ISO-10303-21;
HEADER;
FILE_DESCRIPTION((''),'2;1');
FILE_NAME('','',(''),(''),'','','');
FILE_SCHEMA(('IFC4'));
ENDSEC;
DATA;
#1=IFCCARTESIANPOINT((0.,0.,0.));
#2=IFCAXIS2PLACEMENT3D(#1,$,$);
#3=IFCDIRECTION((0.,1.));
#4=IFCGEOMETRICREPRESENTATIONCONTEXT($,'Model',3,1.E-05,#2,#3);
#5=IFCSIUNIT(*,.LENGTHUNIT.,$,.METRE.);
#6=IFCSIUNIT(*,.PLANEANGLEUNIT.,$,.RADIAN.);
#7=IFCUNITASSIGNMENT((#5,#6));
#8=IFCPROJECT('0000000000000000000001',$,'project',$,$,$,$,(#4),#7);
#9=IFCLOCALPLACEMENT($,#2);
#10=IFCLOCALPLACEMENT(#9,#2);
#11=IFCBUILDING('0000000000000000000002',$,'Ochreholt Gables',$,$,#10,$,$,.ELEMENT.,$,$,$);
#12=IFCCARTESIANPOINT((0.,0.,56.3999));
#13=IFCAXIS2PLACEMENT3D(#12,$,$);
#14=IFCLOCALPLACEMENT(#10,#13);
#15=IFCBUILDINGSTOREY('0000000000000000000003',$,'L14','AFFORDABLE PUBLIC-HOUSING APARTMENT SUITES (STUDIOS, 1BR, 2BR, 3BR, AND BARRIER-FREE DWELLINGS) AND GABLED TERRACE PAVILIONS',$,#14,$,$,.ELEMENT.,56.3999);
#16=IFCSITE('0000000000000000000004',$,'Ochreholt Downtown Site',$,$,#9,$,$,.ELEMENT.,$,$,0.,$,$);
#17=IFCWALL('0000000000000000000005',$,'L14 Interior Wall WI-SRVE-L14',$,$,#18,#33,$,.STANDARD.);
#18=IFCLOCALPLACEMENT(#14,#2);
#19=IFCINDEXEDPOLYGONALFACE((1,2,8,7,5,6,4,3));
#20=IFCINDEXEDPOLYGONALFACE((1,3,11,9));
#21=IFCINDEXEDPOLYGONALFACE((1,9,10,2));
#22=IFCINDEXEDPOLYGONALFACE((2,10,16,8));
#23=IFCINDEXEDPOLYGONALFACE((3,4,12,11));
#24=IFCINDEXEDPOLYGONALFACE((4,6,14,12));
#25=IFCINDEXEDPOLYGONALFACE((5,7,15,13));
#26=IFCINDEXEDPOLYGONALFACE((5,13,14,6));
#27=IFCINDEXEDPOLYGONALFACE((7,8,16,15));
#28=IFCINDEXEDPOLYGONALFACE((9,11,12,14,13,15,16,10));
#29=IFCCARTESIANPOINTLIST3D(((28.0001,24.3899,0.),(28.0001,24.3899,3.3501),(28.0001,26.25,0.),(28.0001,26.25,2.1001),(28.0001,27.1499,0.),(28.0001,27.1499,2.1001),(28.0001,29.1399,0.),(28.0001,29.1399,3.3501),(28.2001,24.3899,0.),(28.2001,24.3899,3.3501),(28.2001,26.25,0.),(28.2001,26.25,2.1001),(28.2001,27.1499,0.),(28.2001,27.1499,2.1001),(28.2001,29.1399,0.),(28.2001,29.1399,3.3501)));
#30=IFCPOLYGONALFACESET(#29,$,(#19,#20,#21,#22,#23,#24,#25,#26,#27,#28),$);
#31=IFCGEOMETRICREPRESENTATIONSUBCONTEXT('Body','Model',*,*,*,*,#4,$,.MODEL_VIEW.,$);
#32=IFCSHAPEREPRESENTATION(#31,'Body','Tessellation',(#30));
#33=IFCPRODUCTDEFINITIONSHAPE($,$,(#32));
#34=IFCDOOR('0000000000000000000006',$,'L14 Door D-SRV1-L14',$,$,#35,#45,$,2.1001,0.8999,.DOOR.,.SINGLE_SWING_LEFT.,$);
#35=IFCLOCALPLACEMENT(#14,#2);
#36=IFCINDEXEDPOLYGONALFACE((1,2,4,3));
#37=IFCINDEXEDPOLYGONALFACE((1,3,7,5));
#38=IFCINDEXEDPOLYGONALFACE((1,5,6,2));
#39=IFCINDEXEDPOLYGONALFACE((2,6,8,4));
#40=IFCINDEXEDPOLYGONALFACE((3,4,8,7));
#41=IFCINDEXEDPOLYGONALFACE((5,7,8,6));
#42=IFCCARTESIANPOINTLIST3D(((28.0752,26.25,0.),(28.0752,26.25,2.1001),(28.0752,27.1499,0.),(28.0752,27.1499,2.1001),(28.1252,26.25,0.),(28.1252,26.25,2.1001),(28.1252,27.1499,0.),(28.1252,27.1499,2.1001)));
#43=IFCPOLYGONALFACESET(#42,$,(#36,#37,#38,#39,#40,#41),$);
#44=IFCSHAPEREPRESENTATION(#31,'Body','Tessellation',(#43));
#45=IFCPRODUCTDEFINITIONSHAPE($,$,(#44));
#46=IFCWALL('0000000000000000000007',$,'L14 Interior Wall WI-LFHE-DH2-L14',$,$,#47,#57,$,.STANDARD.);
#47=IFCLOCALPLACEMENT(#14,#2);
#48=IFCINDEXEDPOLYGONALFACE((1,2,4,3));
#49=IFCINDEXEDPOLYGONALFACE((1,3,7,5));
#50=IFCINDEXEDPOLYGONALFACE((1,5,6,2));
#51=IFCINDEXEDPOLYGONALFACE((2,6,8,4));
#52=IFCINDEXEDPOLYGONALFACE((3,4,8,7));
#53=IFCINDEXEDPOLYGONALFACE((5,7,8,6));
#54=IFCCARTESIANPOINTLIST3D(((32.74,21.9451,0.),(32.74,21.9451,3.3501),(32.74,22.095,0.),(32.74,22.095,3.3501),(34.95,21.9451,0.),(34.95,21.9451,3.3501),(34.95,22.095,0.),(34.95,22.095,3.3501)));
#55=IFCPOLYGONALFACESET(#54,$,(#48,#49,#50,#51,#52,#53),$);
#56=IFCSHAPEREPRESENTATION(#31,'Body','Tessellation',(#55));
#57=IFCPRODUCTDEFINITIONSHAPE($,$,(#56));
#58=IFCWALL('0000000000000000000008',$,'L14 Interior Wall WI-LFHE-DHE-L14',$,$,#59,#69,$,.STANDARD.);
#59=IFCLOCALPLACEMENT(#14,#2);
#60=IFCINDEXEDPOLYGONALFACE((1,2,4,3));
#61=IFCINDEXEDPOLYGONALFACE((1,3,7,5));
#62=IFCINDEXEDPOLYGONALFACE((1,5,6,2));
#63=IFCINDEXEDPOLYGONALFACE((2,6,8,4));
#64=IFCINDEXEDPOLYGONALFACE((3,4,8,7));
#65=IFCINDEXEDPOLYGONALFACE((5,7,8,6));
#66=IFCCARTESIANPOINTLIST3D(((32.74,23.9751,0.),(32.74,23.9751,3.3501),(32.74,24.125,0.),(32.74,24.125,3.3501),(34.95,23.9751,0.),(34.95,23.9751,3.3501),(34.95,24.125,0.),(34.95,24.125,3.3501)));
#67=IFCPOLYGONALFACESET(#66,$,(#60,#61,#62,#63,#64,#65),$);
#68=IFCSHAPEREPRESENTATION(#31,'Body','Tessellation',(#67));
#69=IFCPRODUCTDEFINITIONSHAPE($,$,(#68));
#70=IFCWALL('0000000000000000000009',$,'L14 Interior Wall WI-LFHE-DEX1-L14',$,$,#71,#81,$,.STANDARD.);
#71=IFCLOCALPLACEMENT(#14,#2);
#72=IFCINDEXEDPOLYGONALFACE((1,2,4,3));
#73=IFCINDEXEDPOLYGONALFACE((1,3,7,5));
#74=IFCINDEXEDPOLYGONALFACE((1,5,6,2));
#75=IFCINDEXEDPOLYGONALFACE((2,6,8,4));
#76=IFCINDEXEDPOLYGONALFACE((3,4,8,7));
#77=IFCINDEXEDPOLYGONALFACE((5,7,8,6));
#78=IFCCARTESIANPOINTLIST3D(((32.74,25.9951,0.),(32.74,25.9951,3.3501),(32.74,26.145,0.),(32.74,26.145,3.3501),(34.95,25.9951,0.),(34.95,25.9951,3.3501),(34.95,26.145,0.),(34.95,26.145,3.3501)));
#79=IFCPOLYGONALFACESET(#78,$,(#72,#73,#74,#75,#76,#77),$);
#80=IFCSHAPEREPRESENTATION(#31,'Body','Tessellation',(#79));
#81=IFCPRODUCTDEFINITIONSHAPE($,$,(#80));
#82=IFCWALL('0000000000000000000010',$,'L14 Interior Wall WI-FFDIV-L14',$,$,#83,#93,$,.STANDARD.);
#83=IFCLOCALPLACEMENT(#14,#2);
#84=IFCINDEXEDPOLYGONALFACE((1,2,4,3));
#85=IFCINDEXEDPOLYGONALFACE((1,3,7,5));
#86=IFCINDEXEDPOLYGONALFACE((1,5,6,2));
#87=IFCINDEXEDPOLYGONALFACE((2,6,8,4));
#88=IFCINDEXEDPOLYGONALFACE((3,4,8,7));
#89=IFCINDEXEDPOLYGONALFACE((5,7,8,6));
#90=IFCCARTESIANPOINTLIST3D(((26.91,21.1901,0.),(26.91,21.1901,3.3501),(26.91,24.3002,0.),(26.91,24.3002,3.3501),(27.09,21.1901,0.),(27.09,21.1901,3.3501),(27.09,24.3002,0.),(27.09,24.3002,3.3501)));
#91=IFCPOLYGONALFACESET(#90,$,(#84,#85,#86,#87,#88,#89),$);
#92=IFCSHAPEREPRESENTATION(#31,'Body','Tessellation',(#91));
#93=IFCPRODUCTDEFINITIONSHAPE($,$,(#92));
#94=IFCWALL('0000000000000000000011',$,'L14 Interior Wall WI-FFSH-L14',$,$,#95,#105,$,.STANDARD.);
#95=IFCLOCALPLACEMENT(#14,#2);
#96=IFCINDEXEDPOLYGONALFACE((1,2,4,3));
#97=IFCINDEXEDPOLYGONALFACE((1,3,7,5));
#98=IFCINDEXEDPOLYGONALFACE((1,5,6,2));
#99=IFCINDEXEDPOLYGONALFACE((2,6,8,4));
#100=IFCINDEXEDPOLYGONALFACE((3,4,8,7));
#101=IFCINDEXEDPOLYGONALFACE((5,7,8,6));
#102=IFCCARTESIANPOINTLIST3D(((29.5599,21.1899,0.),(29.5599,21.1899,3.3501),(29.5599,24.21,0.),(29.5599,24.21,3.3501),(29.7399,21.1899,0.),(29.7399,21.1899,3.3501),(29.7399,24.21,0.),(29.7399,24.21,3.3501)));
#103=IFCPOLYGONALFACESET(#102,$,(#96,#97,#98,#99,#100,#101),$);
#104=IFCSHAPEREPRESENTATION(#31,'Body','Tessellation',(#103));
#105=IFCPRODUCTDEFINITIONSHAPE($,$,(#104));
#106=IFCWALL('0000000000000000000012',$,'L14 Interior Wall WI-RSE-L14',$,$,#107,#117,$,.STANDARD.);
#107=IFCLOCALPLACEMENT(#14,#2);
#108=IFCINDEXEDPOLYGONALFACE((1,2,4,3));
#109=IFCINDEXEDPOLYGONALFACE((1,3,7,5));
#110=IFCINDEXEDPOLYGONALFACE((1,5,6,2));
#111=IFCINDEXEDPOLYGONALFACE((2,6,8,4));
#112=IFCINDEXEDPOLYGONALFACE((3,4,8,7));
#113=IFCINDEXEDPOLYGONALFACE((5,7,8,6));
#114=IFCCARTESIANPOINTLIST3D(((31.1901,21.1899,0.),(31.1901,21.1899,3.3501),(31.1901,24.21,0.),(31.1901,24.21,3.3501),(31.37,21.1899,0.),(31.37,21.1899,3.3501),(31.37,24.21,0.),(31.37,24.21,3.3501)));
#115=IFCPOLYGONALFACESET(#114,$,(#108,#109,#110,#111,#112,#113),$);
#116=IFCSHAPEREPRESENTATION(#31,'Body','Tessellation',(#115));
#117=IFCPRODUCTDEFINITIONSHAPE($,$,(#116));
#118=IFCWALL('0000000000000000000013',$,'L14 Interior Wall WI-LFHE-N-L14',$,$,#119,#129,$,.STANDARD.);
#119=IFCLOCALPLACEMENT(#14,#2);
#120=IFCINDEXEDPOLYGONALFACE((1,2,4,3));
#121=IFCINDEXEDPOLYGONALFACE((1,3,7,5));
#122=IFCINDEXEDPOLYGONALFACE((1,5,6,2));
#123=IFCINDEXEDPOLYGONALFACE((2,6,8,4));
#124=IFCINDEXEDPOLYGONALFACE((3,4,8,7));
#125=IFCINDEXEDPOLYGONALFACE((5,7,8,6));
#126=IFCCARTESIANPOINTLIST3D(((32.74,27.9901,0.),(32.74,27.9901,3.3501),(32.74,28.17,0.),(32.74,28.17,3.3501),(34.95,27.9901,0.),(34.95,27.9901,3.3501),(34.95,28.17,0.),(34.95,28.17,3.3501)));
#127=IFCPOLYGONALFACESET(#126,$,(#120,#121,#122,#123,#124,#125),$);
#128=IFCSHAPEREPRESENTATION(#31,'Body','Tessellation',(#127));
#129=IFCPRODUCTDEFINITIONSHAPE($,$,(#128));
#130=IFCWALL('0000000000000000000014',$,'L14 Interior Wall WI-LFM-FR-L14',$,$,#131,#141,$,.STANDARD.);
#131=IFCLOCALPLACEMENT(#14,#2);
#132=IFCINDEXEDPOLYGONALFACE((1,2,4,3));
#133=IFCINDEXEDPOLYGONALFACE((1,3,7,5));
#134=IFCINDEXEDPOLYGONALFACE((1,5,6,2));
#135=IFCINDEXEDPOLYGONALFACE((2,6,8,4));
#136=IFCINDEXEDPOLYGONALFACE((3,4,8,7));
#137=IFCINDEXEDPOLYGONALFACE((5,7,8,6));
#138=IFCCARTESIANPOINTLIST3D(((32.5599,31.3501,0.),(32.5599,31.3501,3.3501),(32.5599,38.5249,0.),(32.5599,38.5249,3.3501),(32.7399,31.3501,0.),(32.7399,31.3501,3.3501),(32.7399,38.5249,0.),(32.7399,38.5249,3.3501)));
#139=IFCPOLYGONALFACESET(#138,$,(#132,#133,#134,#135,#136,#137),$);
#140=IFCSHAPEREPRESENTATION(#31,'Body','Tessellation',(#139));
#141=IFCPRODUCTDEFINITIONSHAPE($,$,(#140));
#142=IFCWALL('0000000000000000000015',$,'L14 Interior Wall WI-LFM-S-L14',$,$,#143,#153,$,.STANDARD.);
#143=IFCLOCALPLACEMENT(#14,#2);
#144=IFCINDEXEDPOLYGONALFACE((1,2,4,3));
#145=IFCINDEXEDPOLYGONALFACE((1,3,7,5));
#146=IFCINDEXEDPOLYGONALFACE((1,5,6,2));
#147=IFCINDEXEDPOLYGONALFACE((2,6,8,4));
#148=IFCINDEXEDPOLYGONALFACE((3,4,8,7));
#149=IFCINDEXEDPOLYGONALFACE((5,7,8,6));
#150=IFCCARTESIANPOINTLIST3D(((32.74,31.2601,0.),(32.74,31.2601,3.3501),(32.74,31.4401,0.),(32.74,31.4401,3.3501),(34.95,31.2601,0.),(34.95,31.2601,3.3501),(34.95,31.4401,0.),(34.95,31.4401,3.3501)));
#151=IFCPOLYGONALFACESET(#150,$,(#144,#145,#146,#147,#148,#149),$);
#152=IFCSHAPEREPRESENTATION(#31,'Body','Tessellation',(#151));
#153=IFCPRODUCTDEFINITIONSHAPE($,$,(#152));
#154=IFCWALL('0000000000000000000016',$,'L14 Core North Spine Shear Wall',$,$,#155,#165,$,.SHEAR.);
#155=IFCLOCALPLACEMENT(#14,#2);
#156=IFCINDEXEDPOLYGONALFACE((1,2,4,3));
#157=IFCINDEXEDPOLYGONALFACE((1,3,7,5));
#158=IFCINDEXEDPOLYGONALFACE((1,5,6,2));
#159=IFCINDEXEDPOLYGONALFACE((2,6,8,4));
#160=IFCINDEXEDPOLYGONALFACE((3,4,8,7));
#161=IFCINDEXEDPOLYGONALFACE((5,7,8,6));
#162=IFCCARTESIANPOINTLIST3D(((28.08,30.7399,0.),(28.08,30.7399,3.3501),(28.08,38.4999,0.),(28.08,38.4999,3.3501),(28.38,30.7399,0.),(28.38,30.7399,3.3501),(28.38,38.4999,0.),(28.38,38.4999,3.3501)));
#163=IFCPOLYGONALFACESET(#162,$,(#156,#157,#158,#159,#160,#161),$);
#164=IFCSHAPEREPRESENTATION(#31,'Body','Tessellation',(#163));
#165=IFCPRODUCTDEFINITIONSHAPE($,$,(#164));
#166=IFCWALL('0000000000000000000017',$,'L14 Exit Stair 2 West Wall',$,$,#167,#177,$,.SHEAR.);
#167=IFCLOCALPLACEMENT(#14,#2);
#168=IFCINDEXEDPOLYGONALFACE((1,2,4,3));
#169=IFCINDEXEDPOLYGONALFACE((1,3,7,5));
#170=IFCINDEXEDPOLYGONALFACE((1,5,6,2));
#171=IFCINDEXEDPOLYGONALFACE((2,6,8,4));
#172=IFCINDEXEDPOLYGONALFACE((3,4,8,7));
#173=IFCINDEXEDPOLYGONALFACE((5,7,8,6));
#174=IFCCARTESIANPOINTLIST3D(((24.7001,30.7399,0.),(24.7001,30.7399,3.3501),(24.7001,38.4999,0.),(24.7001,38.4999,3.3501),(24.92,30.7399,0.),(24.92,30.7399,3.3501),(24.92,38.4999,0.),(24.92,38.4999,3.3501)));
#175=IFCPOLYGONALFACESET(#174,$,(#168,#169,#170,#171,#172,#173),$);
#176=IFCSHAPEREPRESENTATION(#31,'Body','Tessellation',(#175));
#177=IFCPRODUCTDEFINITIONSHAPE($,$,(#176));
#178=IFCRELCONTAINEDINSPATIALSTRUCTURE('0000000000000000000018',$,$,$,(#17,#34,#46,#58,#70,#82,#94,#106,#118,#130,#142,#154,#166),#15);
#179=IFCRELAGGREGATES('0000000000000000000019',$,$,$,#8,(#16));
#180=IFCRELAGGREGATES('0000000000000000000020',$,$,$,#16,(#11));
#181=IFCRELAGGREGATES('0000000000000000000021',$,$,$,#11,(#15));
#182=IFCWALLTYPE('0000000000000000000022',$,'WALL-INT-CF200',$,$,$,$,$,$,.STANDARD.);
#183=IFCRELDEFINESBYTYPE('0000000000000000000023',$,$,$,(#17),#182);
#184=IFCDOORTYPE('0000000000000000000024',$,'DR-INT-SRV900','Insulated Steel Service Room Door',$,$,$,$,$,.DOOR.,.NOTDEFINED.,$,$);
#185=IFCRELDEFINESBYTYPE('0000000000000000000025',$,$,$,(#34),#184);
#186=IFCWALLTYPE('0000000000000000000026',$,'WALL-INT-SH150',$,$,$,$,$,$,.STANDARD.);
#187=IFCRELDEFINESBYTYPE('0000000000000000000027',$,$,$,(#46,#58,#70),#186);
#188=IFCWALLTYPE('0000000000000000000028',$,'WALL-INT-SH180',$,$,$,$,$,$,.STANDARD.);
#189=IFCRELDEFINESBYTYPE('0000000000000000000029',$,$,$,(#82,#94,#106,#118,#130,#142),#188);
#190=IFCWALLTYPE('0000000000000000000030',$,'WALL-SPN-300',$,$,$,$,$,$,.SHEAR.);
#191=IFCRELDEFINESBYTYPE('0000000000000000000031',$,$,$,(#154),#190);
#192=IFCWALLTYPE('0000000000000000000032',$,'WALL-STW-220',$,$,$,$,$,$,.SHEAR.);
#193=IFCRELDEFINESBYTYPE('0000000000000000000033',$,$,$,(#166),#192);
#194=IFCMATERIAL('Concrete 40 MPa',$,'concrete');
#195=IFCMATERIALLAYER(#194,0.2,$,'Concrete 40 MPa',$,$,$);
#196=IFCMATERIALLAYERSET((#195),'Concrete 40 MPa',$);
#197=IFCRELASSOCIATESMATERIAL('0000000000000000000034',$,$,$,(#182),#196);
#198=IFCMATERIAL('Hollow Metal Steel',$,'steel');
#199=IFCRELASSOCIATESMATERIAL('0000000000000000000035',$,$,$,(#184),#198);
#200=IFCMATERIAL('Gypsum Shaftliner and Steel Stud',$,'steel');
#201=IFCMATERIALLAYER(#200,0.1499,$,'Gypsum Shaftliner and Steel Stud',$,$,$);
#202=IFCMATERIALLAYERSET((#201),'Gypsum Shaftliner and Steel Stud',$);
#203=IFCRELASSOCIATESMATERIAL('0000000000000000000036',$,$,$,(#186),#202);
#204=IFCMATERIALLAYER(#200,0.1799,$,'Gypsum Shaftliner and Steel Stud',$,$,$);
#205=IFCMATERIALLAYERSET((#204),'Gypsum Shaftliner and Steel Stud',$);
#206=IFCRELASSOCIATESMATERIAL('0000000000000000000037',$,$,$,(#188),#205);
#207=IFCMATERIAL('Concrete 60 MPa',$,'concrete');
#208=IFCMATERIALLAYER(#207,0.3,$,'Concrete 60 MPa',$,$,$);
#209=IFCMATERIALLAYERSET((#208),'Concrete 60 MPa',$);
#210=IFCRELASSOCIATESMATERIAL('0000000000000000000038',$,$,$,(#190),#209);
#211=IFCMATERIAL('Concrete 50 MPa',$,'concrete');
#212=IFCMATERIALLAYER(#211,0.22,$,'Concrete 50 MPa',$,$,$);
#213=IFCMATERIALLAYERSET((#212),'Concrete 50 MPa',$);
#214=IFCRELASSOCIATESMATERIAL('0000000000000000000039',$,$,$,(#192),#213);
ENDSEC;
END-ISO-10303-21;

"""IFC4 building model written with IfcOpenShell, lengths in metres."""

from ifc_helpers import new_model, si_unit, direction, frame, frame_2d, origin, place, context, subcontext, project, spatial, rectangle, extrude, material, layer, layer_set, type_object, element, fill, save


model = new_model("IFC4")

# Units and contexts
model_context = context("Model", 3, precision=1e-05, world=origin(), true_north=direction((0.0, 1.0)))
body_context = subcontext(model_context, "Body", "Model", "MODEL_VIEW")
ifc_project = project(units=[si_unit("LENGTHUNIT", "METRE"), si_unit("PLANEANGLEUNIT", "RADIAN")], contexts=[model_context])

# Site, building, storey
site_placement = place(None, origin())
site = spatial("IfcSite", under=ifc_project, at=site_placement, Name="Ochreholt Downtown Site", CompositionType="ELEMENT", RefElevation=0.0)
building_placement = place(site_placement, origin())
building = spatial("IfcBuilding", under=site, at=building_placement, Name="Ochreholt Gables", CompositionType="ELEMENT")
storey_placement = place(building_placement, frame((0.0, 0.0, 56.3999)))
storey = spatial("IfcBuildingStorey", under=building, at=storey_placement, Name="L14", Description="AFFORDABLE PUBLIC-HOUSING APARTMENT SUITES (STUDIOS, 1BR, 2BR, 3BR, AND BARRIER-FREE DWELLINGS) AND GABLED TERRACE PAVILIONS", CompositionType="ELEMENT", Elevation=56.3999)

# Wall, opening, door
ifc_material_1 = material(Name="Concrete 40 MPa", Category="concrete")
ifc_layer_1 = layer(ifc_material_1, 0.2, Name="Concrete 40 MPa")
ifc_layer_set_1 = layer_set([ifc_layer_1], Name="Concrete 40 MPa")
wall_type_1 = type_object("IfcWallType", Name="WALL-INT-CF200", PredefinedType="STANDARD", material=ifc_layer_set_1)
wall_1_placement = place(storey_placement, frame((28.1001, 24.3899, 0.0), z_axis=(0.0, 0.0, 1.0), x_axis=(0.0, 1.0, 0.0)))
wall_1 = element("IfcWall", 1, at=wall_1_placement, inside=storey, type_object=wall_type_1, Name="L14 Interior Wall WI-SRVE-L14", PredefinedType="STANDARD", context=body_context, shape_type="SweptSolid", body=[
    extrude(rectangle(XDim=4.75, YDim=0.2, at=frame_2d((2.375, 0.0))), origin(), (0.0, 0.0, 1.0), 3.3501),
])
opening_1_placement = place(wall_1_placement, frame((1.8601, 0.0, 0.0)))
opening_1 = element("IfcOpeningElement", 2, at=opening_1_placement, cuts=wall_1, PredefinedType="OPENING", context=body_context, shape_type="SweptSolid", body=[
    extrude(rectangle(XDim=0.8999, YDim=2.1001, at=frame_2d((0.45, 1.05))), frame((0.0, 0.1099, 0.0), z_axis=(0.0, -1.0, 0.0), x_axis=(1.0, 0.0, 0.0)), (0.0, 0.0, 1.0), 0.22),
])
ifc_material_2 = material(Name="Hollow Metal Steel", Category="steel")
door_type_1 = type_object("IfcDoorType", Name="DR-INT-SRV900", Description="Insulated Steel Service Room Door", OperationType="NOTDEFINED", PredefinedType="DOOR", material=ifc_material_2)
door_1_placement = place(opening_1_placement, origin())
door_1 = element("IfcDoor", 3, at=door_1_placement, inside=storey, type_object=door_type_1, Name="L14 Door D-SRV1-L14", OperationType="SINGLE_SWING_LEFT", OverallHeight=2.1001, OverallWidth=0.8999, PredefinedType="DOOR", context=body_context, shape_type="SweptSolid", body=[
    extrude(rectangle(XDim=0.8999, YDim=2.1001, at=frame_2d((0.45, 1.05))), frame((0.0, 0.0249, 0.0), z_axis=(0.0, -1.0, 0.0), x_axis=(1.0, 0.0, 0.0)), (0.0, 0.0, 1.0), 0.05),
])
fill(opening_1, door_1)

# Walls
ifc_material_3 = material(Name="Gypsum Shaftliner and Steel Stud", Category="steel")
ifc_layer_2 = layer(ifc_material_3, 0.1499, Name="Gypsum Shaftliner and Steel Stud")
ifc_layer_set_2 = layer_set([ifc_layer_2], Name="Gypsum Shaftliner and Steel Stud")
wall_type_2 = type_object("IfcWallType", Name="WALL-INT-SH150", PredefinedType="STANDARD", material=ifc_layer_set_2)
for number, where, z_axis, x_axis, name in (
    (4, (32.74, 22.02, 0.0), (0.0, 0.0, 1.0), (1.0, 0.0, 0.0), "L14 Interior Wall WI-LFHE-DH2-L14"),
    (5, (32.74, 24.05, 0.0), (0.0, 0.0, 1.0), (1.0, 0.0, 0.0), "L14 Interior Wall WI-LFHE-DHE-L14"),
    (6, (32.74, 26.0701, 0.0), (0.0, 0.0, 1.0), (1.0, 0.0, 0.0), "L14 Interior Wall WI-LFHE-DEX1-L14"),
):
    element("IfcWall", number, at=place(storey_placement, frame(where, z_axis=z_axis, x_axis=x_axis)), inside=storey, type_object=wall_type_2, Name=name, PredefinedType="STANDARD", context=body_context, shape_type="SweptSolid", body=[
        extrude(rectangle(XDim=2.21, YDim=0.1499, at=frame_2d((1.105, 0.0))), origin(), (0.0, 0.0, 1.0), 3.3501),
    ])
ifc_layer_3 = layer(ifc_material_3, 0.1799, Name="Gypsum Shaftliner and Steel Stud")
ifc_layer_set_3 = layer_set([ifc_layer_3], Name="Gypsum Shaftliner and Steel Stud")
wall_type_3 = type_object("IfcWallType", Name="WALL-INT-SH180", PredefinedType="STANDARD", material=ifc_layer_set_3)
wall_2_placement = place(storey_placement, frame((27.0, 21.1899, 0.0), z_axis=(0.0, 0.0, 1.0), x_axis=(0.0, 1.0, 0.0)))
element("IfcWall", 7, at=wall_2_placement, inside=storey, type_object=wall_type_3, Name="L14 Interior Wall WI-FFDIV-L14", PredefinedType="STANDARD", context=body_context, shape_type="SweptSolid", body=[
    extrude(rectangle(XDim=3.1101, YDim=0.1799, at=frame_2d((1.5552, 0.0))), origin(), (0.0, 0.0, 1.0), 3.3501),
])
for number, where, z_axis, x_axis, name in (
    (8, (29.6499, 21.1899, 0.0), (0.0, 0.0, 1.0), (0.0, 1.0, 0.0), "L14 Interior Wall WI-FFSH-L14"),
    (9, (31.28, 21.1899, 0.0), (0.0, 0.0, 1.0), (0.0, 1.0, 0.0), "L14 Interior Wall WI-RSE-L14"),
):
    element("IfcWall", number, at=place(storey_placement, frame(where, z_axis=z_axis, x_axis=x_axis)), inside=storey, type_object=wall_type_3, Name=name, PredefinedType="STANDARD", context=body_context, shape_type="SweptSolid", body=[
        extrude(rectangle(XDim=3.02, YDim=0.1799, at=frame_2d((1.51, 0.0))), origin(), (0.0, 0.0, 1.0), 3.3501),
    ])
wall_3_placement = place(storey_placement, frame((32.74, 28.0801, 0.0), z_axis=(0.0, 0.0, 1.0), x_axis=(1.0, 0.0, 0.0)))
element("IfcWall", 10, at=wall_3_placement, inside=storey, type_object=wall_type_3, Name="L14 Interior Wall WI-LFHE-N-L14", PredefinedType="STANDARD", context=body_context, shape_type="SweptSolid", body=[
    extrude(rectangle(XDim=2.21, YDim=0.1799, at=frame_2d((1.105, 0.0))), origin(), (0.0, 0.0, 1.0), 3.3501),
])
wall_4_placement = place(storey_placement, frame((32.6499, 31.3501, 0.0), z_axis=(0.0, 0.0, 1.0), x_axis=(0.0, 1.0, 0.0)))
element("IfcWall", 11, at=wall_4_placement, inside=storey, type_object=wall_type_3, Name="L14 Interior Wall WI-LFM-FR-L14", PredefinedType="STANDARD", context=body_context, shape_type="SweptSolid", body=[
    extrude(rectangle(XDim=7.1748, YDim=0.1799, at=frame_2d((3.5874, 0.0))), origin(), (0.0, 0.0, 1.0), 3.3501),
])
wall_5_placement = place(storey_placement, frame((32.74, 31.3501, 0.0), z_axis=(0.0, 0.0, 1.0), x_axis=(1.0, 0.0, 0.0)))
element("IfcWall", 12, at=wall_5_placement, inside=storey, type_object=wall_type_3, Name="L14 Interior Wall WI-LFM-S-L14", PredefinedType="STANDARD", context=body_context, shape_type="SweptSolid", body=[
    extrude(rectangle(XDim=2.21, YDim=0.1799, at=frame_2d((1.105, 0.0))), origin(), (0.0, 0.0, 1.0), 3.3501),
])
ifc_material_4 = material(Name="Concrete 60 MPa", Category="concrete")
ifc_layer_4 = layer(ifc_material_4, 0.3, Name="Concrete 60 MPa")
ifc_layer_set_4 = layer_set([ifc_layer_4], Name="Concrete 60 MPa")
wall_type_4 = type_object("IfcWallType", Name="WALL-SPN-300", PredefinedType="SHEAR", material=ifc_layer_set_4)
wall_6_placement = place(storey_placement, frame((28.23, 30.74, 0.0), z_axis=(0.0, 0.0, 1.0), x_axis=(0.0, 1.0, 0.0)))
element("IfcWall", 13, at=wall_6_placement, inside=storey, type_object=wall_type_4, Name="L14 Core North Spine Shear Wall", PredefinedType="SHEAR", context=body_context, shape_type="SweptSolid", body=[
    extrude(rectangle(XDim=7.76, YDim=0.3, at=frame_2d((3.8799, 0.0))), origin(), (0.0, 0.0, 1.0), 3.3501),
])
ifc_material_5 = material(Name="Concrete 50 MPa", Category="concrete")
ifc_layer_5 = layer(ifc_material_5, 0.22, Name="Concrete 50 MPa")
ifc_layer_set_5 = layer_set([ifc_layer_5], Name="Concrete 50 MPa")
wall_type_5 = type_object("IfcWallType", Name="WALL-STW-220", PredefinedType="SHEAR", material=ifc_layer_set_5)
wall_7_placement = place(storey_placement, frame((24.8101, 30.74, 0.0), z_axis=(0.0, 0.0, 1.0), x_axis=(0.0, 1.0, 0.0)))
element("IfcWall", 14, at=wall_7_placement, inside=storey, type_object=wall_type_5, Name="L14 Exit Stair 2 West Wall", PredefinedType="SHEAR", context=body_context, shape_type="SweptSolid", body=[
    extrude(rectangle(XDim=7.76, YDim=0.22, at=frame_2d((3.8799, 0.0))), origin(), (0.0, 0.0, 1.0), 3.3501),
])

save(model, "model.ifc")
